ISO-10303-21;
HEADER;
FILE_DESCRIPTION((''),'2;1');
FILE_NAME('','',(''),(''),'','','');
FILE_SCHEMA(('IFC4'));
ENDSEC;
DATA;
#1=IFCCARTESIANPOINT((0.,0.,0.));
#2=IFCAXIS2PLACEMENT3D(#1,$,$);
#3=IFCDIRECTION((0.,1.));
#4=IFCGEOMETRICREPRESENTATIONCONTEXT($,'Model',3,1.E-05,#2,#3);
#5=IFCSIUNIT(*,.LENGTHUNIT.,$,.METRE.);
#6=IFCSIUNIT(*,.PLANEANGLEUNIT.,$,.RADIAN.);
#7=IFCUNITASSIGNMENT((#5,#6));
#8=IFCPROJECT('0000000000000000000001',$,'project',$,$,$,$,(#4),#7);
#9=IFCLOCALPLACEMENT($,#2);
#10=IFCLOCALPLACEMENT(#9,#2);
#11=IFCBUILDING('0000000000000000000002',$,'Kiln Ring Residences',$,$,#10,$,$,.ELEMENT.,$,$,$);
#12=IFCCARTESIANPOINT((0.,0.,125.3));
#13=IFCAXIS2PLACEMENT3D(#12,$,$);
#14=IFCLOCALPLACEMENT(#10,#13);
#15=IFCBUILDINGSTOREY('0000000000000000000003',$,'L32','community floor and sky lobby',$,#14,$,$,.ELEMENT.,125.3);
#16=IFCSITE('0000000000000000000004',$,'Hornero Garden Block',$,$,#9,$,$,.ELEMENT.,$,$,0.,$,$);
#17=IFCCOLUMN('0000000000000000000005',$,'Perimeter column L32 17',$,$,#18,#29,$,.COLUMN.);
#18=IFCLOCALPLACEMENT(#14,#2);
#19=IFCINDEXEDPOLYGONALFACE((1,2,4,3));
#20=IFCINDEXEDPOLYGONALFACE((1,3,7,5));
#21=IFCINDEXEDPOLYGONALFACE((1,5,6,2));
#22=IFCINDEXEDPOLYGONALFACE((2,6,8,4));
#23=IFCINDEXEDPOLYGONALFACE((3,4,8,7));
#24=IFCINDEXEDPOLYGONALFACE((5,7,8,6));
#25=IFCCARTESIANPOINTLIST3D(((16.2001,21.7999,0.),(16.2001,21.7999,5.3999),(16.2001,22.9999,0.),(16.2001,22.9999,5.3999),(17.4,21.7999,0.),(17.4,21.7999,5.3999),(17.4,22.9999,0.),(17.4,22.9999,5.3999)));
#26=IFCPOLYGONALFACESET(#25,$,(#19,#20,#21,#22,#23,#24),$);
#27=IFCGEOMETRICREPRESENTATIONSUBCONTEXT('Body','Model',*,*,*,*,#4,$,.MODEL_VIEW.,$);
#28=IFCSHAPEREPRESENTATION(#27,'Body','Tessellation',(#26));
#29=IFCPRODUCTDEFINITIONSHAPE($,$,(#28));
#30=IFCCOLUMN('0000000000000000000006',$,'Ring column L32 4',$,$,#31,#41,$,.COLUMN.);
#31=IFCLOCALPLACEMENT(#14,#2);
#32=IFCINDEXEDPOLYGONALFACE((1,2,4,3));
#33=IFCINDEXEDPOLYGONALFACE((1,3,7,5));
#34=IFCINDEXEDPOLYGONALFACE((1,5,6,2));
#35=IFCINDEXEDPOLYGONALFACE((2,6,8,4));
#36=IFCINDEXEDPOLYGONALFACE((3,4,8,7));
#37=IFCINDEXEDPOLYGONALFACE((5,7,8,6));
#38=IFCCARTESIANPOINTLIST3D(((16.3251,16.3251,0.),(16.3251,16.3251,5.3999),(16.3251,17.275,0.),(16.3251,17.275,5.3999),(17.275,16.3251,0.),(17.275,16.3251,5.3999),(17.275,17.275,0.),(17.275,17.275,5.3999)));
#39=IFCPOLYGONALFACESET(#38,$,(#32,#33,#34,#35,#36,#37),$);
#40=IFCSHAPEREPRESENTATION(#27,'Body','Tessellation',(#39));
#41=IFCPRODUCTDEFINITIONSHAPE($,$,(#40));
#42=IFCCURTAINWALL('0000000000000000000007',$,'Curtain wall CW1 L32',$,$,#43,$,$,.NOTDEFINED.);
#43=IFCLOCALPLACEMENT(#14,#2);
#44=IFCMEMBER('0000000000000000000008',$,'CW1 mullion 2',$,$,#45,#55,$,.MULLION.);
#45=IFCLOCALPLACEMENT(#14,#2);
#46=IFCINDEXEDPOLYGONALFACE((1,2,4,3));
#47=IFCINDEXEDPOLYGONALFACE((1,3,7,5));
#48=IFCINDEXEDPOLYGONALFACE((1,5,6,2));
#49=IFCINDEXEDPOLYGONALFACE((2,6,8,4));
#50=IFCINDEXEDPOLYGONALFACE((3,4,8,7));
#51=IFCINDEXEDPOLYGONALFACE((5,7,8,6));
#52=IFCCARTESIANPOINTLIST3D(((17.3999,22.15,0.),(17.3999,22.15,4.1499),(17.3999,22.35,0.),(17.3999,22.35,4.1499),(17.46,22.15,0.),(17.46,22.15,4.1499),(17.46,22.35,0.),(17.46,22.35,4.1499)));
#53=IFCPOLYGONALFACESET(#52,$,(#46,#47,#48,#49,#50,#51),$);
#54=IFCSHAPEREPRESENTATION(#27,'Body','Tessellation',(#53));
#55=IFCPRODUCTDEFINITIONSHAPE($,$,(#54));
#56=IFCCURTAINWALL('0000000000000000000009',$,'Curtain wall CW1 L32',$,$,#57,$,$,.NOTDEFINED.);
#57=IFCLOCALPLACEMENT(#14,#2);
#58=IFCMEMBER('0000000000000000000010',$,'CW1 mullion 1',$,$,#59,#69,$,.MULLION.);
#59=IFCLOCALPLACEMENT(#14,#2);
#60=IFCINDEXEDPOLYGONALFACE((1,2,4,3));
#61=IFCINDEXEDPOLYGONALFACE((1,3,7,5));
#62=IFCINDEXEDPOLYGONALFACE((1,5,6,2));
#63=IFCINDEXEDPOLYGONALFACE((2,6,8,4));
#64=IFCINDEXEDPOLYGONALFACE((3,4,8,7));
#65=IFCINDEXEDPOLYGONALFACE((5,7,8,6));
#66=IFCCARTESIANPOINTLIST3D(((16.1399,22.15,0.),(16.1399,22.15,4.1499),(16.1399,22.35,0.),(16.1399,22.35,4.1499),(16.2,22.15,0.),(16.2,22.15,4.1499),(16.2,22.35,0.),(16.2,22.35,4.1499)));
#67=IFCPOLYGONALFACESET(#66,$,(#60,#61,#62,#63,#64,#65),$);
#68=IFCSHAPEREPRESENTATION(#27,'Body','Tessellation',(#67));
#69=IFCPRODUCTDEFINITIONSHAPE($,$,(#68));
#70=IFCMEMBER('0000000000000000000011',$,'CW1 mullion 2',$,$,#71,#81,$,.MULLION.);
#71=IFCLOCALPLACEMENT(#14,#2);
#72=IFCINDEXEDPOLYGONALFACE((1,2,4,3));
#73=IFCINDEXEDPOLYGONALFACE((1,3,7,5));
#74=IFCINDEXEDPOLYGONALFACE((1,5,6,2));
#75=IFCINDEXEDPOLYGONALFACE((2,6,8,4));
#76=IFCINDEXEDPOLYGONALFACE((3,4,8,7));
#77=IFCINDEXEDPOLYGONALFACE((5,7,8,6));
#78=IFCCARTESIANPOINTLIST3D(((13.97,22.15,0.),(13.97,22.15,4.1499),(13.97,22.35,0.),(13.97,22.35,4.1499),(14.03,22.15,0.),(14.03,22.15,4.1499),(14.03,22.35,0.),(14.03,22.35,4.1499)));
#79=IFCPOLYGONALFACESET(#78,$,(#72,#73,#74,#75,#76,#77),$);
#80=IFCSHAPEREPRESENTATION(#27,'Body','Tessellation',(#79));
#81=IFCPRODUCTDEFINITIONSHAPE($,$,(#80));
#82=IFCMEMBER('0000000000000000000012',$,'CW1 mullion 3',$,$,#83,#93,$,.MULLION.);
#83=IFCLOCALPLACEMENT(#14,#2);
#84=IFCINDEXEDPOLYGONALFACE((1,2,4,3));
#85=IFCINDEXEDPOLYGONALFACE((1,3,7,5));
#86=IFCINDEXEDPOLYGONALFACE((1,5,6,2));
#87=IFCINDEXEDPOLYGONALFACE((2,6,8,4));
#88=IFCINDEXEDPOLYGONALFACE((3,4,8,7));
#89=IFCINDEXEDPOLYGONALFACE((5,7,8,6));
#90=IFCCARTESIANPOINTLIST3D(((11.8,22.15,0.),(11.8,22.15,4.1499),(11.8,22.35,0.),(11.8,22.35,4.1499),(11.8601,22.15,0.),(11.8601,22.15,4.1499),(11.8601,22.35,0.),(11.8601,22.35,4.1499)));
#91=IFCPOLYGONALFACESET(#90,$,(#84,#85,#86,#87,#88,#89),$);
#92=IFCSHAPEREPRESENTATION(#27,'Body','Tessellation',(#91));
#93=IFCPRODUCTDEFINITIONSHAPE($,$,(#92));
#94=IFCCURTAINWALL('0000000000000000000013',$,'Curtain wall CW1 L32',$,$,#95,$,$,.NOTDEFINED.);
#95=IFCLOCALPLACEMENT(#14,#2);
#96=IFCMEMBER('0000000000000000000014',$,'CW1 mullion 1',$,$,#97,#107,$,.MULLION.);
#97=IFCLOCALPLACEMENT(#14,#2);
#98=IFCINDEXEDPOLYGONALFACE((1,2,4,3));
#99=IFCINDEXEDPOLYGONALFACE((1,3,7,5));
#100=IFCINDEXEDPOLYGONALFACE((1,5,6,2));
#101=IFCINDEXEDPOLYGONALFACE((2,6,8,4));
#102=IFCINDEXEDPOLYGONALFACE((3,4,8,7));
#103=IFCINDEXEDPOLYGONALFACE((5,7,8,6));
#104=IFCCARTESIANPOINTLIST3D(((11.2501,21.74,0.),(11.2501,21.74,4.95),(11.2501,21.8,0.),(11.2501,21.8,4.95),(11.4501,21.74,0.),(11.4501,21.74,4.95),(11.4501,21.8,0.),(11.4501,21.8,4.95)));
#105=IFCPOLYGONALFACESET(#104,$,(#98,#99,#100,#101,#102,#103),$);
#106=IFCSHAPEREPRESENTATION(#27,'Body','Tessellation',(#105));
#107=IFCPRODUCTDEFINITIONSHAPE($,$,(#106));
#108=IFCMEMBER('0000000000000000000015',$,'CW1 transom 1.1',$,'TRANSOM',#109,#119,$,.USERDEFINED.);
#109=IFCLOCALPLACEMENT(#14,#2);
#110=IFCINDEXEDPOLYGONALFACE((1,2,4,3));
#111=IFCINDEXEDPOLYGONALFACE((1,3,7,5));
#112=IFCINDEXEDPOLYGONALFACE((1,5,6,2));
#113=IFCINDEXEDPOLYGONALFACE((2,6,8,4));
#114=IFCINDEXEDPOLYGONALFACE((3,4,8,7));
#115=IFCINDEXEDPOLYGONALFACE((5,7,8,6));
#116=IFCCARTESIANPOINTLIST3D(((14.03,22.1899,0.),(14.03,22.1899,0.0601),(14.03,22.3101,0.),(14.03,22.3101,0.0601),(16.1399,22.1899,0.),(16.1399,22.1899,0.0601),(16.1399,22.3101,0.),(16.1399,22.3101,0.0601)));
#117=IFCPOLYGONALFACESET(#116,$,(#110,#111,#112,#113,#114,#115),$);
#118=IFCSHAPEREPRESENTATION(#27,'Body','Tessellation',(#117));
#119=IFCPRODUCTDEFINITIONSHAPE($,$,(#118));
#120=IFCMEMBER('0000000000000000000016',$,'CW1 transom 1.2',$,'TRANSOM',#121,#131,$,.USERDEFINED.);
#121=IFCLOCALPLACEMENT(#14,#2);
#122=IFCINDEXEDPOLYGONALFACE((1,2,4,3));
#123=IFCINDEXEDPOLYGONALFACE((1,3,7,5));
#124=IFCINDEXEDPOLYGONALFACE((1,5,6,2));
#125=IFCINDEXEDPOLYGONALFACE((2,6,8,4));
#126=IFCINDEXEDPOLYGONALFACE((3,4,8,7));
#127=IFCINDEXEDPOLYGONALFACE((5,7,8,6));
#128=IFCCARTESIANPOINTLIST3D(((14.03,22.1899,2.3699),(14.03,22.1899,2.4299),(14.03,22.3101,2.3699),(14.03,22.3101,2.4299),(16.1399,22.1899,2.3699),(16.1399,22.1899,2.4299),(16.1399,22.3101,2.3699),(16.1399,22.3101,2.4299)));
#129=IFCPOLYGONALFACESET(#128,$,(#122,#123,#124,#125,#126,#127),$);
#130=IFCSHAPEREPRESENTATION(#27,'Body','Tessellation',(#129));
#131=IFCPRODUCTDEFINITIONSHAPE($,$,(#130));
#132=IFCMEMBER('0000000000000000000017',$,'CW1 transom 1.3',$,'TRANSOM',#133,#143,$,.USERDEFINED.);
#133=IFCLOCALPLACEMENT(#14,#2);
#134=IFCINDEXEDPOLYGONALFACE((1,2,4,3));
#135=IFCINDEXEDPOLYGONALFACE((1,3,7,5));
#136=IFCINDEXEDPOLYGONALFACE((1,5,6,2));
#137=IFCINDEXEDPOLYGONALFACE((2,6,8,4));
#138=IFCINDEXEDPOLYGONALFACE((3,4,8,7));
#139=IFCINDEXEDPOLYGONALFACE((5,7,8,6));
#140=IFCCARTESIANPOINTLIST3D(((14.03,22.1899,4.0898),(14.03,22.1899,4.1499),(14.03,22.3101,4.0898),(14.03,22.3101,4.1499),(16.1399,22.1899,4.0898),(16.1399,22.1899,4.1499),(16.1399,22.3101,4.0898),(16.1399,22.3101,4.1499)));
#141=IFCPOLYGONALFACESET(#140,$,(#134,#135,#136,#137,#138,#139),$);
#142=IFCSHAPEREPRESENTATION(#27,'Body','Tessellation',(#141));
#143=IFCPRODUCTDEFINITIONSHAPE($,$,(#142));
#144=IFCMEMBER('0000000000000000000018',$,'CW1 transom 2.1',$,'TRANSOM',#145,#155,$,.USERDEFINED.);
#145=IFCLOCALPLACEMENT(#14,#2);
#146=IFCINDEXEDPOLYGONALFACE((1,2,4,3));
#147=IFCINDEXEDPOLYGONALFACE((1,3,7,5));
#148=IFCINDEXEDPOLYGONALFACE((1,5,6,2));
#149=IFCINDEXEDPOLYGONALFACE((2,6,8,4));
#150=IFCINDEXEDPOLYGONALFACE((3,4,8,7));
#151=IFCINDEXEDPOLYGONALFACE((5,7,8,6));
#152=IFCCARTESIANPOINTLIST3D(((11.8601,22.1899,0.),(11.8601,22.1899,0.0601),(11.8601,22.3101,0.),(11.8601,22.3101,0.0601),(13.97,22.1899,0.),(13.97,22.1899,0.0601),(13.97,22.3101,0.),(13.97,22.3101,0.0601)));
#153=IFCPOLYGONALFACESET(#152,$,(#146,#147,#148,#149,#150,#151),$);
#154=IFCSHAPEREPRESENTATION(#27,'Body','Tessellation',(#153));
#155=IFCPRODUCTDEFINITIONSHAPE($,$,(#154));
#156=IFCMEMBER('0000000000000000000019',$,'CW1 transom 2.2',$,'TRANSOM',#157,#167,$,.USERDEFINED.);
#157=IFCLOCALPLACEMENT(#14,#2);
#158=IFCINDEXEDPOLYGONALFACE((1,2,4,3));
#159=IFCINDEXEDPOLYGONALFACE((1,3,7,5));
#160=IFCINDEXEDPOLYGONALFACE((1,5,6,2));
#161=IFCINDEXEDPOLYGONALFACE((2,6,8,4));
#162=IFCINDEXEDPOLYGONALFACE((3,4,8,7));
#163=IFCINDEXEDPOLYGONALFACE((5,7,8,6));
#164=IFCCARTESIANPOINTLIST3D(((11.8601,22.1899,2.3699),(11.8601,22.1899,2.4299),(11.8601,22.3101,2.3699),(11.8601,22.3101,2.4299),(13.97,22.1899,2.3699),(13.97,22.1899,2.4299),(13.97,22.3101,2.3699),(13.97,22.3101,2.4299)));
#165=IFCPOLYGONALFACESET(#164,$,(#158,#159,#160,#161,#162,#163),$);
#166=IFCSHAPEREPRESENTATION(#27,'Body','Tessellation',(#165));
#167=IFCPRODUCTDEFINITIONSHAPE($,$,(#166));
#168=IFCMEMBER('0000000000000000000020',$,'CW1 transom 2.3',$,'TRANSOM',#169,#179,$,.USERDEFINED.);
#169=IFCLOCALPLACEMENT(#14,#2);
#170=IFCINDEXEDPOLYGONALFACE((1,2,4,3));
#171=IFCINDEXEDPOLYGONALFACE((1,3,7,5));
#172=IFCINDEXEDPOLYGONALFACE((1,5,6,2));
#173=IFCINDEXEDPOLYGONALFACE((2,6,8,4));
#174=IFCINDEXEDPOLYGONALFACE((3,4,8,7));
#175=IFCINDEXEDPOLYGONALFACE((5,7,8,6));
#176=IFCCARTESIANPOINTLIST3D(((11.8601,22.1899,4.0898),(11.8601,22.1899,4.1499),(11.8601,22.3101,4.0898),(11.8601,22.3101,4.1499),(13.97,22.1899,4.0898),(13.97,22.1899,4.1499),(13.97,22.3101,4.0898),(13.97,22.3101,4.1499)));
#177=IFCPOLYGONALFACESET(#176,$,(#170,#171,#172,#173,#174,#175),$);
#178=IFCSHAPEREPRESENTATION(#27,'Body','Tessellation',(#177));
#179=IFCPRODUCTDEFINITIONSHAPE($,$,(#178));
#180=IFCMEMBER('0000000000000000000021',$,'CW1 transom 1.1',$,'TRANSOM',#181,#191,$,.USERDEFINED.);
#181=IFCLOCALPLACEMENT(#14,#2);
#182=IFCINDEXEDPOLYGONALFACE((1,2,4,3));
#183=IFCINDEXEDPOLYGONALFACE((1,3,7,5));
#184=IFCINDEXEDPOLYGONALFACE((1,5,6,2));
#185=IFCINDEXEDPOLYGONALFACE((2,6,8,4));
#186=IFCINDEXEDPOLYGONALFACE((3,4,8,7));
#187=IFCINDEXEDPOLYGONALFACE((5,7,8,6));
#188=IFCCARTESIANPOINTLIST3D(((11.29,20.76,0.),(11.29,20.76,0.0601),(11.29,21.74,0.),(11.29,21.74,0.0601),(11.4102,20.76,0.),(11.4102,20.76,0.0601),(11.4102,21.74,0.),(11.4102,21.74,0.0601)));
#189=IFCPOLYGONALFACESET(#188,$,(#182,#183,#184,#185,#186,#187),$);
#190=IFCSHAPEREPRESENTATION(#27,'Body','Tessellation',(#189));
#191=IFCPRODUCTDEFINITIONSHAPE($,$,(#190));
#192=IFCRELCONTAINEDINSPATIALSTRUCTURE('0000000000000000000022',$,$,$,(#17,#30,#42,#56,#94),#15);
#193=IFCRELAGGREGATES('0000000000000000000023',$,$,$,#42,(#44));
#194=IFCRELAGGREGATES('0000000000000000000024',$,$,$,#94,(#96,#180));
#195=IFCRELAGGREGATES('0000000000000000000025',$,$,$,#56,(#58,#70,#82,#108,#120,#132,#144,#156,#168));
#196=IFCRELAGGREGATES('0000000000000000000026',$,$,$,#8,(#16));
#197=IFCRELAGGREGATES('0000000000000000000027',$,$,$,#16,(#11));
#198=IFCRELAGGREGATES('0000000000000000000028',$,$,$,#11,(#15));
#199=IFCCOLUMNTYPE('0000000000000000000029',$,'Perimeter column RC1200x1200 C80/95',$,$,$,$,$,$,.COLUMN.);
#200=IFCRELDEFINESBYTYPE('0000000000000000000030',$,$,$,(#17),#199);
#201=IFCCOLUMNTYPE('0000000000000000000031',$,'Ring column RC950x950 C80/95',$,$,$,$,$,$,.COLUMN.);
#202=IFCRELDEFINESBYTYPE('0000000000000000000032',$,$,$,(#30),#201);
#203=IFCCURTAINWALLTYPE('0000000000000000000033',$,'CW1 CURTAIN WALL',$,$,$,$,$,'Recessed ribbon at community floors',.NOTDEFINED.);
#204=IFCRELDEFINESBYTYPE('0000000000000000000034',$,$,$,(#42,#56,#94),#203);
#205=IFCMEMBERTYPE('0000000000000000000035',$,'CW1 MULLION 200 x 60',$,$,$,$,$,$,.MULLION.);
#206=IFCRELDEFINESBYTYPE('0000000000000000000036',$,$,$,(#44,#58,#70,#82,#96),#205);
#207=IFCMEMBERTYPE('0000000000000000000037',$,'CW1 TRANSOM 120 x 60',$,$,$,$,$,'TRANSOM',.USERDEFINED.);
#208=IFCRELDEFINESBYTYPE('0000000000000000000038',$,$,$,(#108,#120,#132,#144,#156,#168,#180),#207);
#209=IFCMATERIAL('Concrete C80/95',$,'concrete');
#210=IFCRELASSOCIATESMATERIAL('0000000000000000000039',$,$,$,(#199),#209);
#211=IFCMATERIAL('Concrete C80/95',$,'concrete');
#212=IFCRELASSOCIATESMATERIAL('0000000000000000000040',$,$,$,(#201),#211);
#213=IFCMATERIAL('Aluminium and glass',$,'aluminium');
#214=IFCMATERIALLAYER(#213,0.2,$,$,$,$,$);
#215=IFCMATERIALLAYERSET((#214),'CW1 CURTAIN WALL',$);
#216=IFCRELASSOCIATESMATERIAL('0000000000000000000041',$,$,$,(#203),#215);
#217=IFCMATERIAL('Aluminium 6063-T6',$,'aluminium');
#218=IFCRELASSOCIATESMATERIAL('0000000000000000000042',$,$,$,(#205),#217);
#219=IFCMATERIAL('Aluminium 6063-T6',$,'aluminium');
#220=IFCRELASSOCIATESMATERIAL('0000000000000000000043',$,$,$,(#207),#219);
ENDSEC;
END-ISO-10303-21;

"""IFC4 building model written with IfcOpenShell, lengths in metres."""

from ifc_helpers import new_model, si_unit, direction, frame, origin, origin_2d, place, context, subcontext, project, spatial, rectangle, extrude, material, layer, layer_set, material_profile, profile_set, type_object, element, aggregate, save


model = new_model("IFC4")

# Units and contexts
model_context = context("Model", 3, precision=1e-05, world=origin(), true_north=direction((0.0, 1.0)))
body_context = subcontext(model_context, "Body", "Model", "MODEL_VIEW")
ifc_project = project(units=[si_unit("LENGTHUNIT", "METRE"), si_unit("PLANEANGLEUNIT", "RADIAN")], contexts=[model_context])

# Site, building, storey
site_placement = place(None, origin())
site = spatial("IfcSite", under=ifc_project, at=site_placement, Name="Hornero Garden Block", CompositionType="ELEMENT", RefElevation=0.0)
building_placement = place(site_placement, origin())
building = spatial("IfcBuilding", under=site, at=building_placement, Name="Kiln Ring Residences", CompositionType="ELEMENT")
storey_placement = place(building_placement, frame((0.0, 0.0, 125.3)))
storey = spatial("IfcBuildingStorey", under=building, at=storey_placement, Name="L32", Description="community floor and sky lobby", CompositionType="ELEMENT", Elevation=125.3)

# Columns
ifc_material_1 = material(Name="Concrete C80/95", Category="concrete")
ifc_material_profile_1 = material_profile(ifc_material_1, rectangle(XDim=1.2, YDim=1.2, at=origin_2d()), Name="RC1200x1200")
ifc_profile_set_1 = profile_set([ifc_material_profile_1], Name="Concrete C80/95")
column_type_1 = type_object("IfcColumnType", Name="Perimeter column RC1200x1200 C80/95", PredefinedType="COLUMN", material=ifc_profile_set_1)
column_1_placement = place(storey_placement, frame((16.8, 22.3999, 0.0), z_axis=(0.0, 0.0, 1.0), x_axis=(1.0, 0.0, 0.0)))
element("IfcColumn", 1, at=column_1_placement, inside=storey, type_object=column_type_1, Name="Perimeter column L32 17", PredefinedType="COLUMN", context=body_context, shape_type="SweptSolid", body=[
    extrude(rectangle(XDim=1.2, YDim=1.2, at=origin_2d()), origin(), (0.0, 0.0, 1.0), 5.3999),
])
ifc_material_2 = material(Name="Concrete C80/95", Category="concrete")
ifc_material_profile_2 = material_profile(ifc_material_2, rectangle(XDim=0.95, YDim=0.95, at=origin_2d()), Name="RC950x950")
ifc_profile_set_2 = profile_set([ifc_material_profile_2], Name="Concrete C80/95")
column_type_2 = type_object("IfcColumnType", Name="Ring column RC950x950 C80/95", PredefinedType="COLUMN", material=ifc_profile_set_2)
column_2_placement = place(storey_placement, frame((16.8, 16.8, 0.0), z_axis=(0.0, 0.0, 1.0), x_axis=(1.0, 0.0, 0.0)))
element("IfcColumn", 2, at=column_2_placement, inside=storey, type_object=column_type_2, Name="Ring column L32 4", PredefinedType="COLUMN", context=body_context, shape_type="SweptSolid", body=[
    extrude(rectangle(XDim=0.95, YDim=0.95, at=origin_2d()), origin(), (0.0, 0.0, 1.0), 5.3999),
])

# Curtain wall, member
ifc_material_3 = material(Name="Aluminium and glass", Category="aluminium")
ifc_layer_1 = layer(ifc_material_3, 0.2)
ifc_layer_set_1 = layer_set([ifc_layer_1], Name="CW1 CURTAIN WALL")
curtain_wall_type = type_object("IfcCurtainWallType", Name="CW1 CURTAIN WALL", ElementType="Recessed ribbon at community floors", PredefinedType="NOTDEFINED", material=ifc_layer_set_1)
placement = place(storey_placement, origin())
curtain_wall_1 = element("IfcCurtainWall", 3, at=placement, inside=storey, type_object=curtain_wall_type, Name="Curtain wall CW1 L32", PredefinedType="NOTDEFINED")
ifc_material_4 = material(Name="Aluminium 6063-T6", Category="aluminium")
ifc_material_profile_3 = material_profile(ifc_material_4, rectangle(XDim=0.2, YDim=0.0601, at=origin_2d()), Name="AL 200x60")
ifc_profile_set_3 = profile_set([ifc_material_profile_3], Name="Aluminium 6063-T6")
member_type_1 = type_object("IfcMemberType", Name="CW1 MULLION 200 x 60", PredefinedType="MULLION", material=ifc_profile_set_3)
member_1_placement = place(storey_placement, frame((17.4299, 22.25, 0.0), z_axis=(0.0, 0.0, 1.0), x_axis=(0.0, -1.0, 0.0)))
member_1 = element("IfcMember", 4, at=member_1_placement, type_object=member_type_1, Name="CW1 mullion 2", PredefinedType="MULLION", context=body_context, shape_type="SweptSolid", body=[
    extrude(rectangle(XDim=0.2, YDim=0.0601, at=origin_2d()), origin(), (0.0, 0.0, 1.0), 4.1499),
])
aggregate(curtain_wall_1, [member_1])

# Curtain wall, members
curtain_wall_2 = element("IfcCurtainWall", 5, at=placement, inside=storey, type_object=curtain_wall_type, Name="Curtain wall CW1 L32", PredefinedType="NOTDEFINED")
member_2_placement = place(storey_placement, frame((16.1699, 22.25, 0.0), z_axis=(0.0, 0.0, 1.0), x_axis=(0.0, -1.0, 0.0)))
member_2 = element("IfcMember", 6, at=member_2_placement, type_object=member_type_1, Name="CW1 mullion 1", PredefinedType="MULLION", context=body_context, shape_type="SweptSolid", body=[
    extrude(rectangle(XDim=0.2, YDim=0.0601, at=origin_2d()), origin(), (0.0, 0.0, 1.0), 4.1499),
])
member_3_placement = place(storey_placement, frame((14.0, 22.25, 0.0), z_axis=(0.0, 0.0, 1.0), x_axis=(0.0, -1.0, 0.0)))
member_3 = element("IfcMember", 7, at=member_3_placement, type_object=member_type_1, Name="CW1 mullion 2", PredefinedType="MULLION", context=body_context, shape_type="SweptSolid", body=[
    extrude(rectangle(XDim=0.2, YDim=0.0601, at=origin_2d()), origin(), (0.0, 0.0, 1.0), 4.1499),
])
member_4_placement = place(storey_placement, frame((11.8301, 22.25, 0.0), z_axis=(0.0, 0.0, 1.0), x_axis=(0.0, -1.0, 0.0)))
member_4 = element("IfcMember", 8, at=member_4_placement, type_object=member_type_1, Name="CW1 mullion 3", PredefinedType="MULLION", context=body_context, shape_type="SweptSolid", body=[
    extrude(rectangle(XDim=0.2, YDim=0.0601, at=origin_2d()), origin(), (0.0, 0.0, 1.0), 4.1499),
])

# Curtain wall, member
curtain_wall_3 = element("IfcCurtainWall", 9, at=placement, inside=storey, type_object=curtain_wall_type, Name="Curtain wall CW1 L32", PredefinedType="NOTDEFINED")
member_5_placement = place(storey_placement, frame((11.3501, 21.77, 0.0), z_axis=(0.0, 0.0, 1.0), x_axis=(1.0, 0.0, 0.0)))
member_5 = element("IfcMember", 10, at=member_5_placement, type_object=member_type_1, Name="CW1 mullion 1", PredefinedType="MULLION", context=body_context, shape_type="SweptSolid", body=[
    extrude(rectangle(XDim=0.2, YDim=0.0601, at=origin_2d()), origin(), (0.0, 0.0, 1.0), 4.95),
])

# Members
ifc_material_5 = material(Name="Aluminium 6063-T6", Category="aluminium")
ifc_material_profile_4 = material_profile(ifc_material_5, rectangle(XDim=0.1201, YDim=0.0601, at=origin_2d()), Name="AL 120x60")
ifc_profile_set_4 = profile_set([ifc_material_profile_4], Name="Aluminium 6063-T6")
member_type_2 = type_object("IfcMemberType", Name="CW1 TRANSOM 120 x 60", ElementType="TRANSOM", PredefinedType="USERDEFINED", material=ifc_profile_set_4)
member_6_placement = place(storey_placement, frame((16.1399, 22.25, 0.03), z_axis=(-1.0, 0.0, 0.0), x_axis=(0.0, -1.0, 0.0)))
member_6 = element("IfcMember", 11, at=member_6_placement, type_object=member_type_2, Name="CW1 transom 1.1", ObjectType="TRANSOM", PredefinedType="USERDEFINED", context=body_context, shape_type="SweptSolid", body=[
    extrude(rectangle(XDim=0.1201, YDim=0.0601, at=origin_2d()), origin(), (0.0, 0.0, 1.0), 2.1099),
])
member_7_placement = place(storey_placement, frame((16.1399, 22.25, 2.3999), z_axis=(-1.0, 0.0, 0.0), x_axis=(0.0, -1.0, 0.0)))
member_7 = element("IfcMember", 12, at=member_7_placement, type_object=member_type_2, Name="CW1 transom 1.2", ObjectType="TRANSOM", PredefinedType="USERDEFINED", context=body_context, shape_type="SweptSolid", body=[
    extrude(rectangle(XDim=0.1201, YDim=0.0601, at=origin_2d()), origin(), (0.0, 0.0, 1.0), 2.1099),
])
member_8_placement = place(storey_placement, frame((16.1399, 22.25, 4.1199), z_axis=(-1.0, 0.0, 0.0), x_axis=(0.0, -1.0, 0.0)))
member_8 = element("IfcMember", 13, at=member_8_placement, type_object=member_type_2, Name="CW1 transom 1.3", ObjectType="TRANSOM", PredefinedType="USERDEFINED", context=body_context, shape_type="SweptSolid", body=[
    extrude(rectangle(XDim=0.1201, YDim=0.0601, at=origin_2d()), origin(), (0.0, 0.0, 1.0), 2.1099),
])
member_9_placement = place(storey_placement, frame((13.97, 22.25, 0.03), z_axis=(-1.0, 0.0, 0.0), x_axis=(0.0, -1.0, 0.0)))
member_9 = element("IfcMember", 14, at=member_9_placement, type_object=member_type_2, Name="CW1 transom 2.1", ObjectType="TRANSOM", PredefinedType="USERDEFINED", context=body_context, shape_type="SweptSolid", body=[
    extrude(rectangle(XDim=0.1201, YDim=0.0601, at=origin_2d()), origin(), (0.0, 0.0, 1.0), 2.1099),
])
member_10_placement = place(storey_placement, frame((13.97, 22.25, 2.3999), z_axis=(-1.0, 0.0, 0.0), x_axis=(0.0, -1.0, 0.0)))
member_10 = element("IfcMember", 15, at=member_10_placement, type_object=member_type_2, Name="CW1 transom 2.2", ObjectType="TRANSOM", PredefinedType="USERDEFINED", context=body_context, shape_type="SweptSolid", body=[
    extrude(rectangle(XDim=0.1201, YDim=0.0601, at=origin_2d()), origin(), (0.0, 0.0, 1.0), 2.1099),
])
member_11_placement = place(storey_placement, frame((13.97, 22.25, 4.1199), z_axis=(-1.0, 0.0, 0.0), x_axis=(0.0, -1.0, 0.0)))
member_11 = element("IfcMember", 16, at=member_11_placement, type_object=member_type_2, Name="CW1 transom 2.3", ObjectType="TRANSOM", PredefinedType="USERDEFINED", context=body_context, shape_type="SweptSolid", body=[
    extrude(rectangle(XDim=0.1201, YDim=0.0601, at=origin_2d()), origin(), (0.0, 0.0, 1.0), 2.1099),
])
member_12_placement = place(storey_placement, frame((11.3501, 21.74, 0.03), z_axis=(0.0, -1.0, 0.0), x_axis=(1.0, 0.0, 0.0)))
member_12 = element("IfcMember", 17, at=member_12_placement, type_object=member_type_2, Name="CW1 transom 1.1", ObjectType="TRANSOM", PredefinedType="USERDEFINED", context=body_context, shape_type="SweptSolid", body=[
    extrude(rectangle(XDim=0.1201, YDim=0.0601, at=origin_2d()), origin(), (0.0, 0.0, 1.0), 0.98),
])
aggregate(curtain_wall_3, [member_5, member_12])

aggregate(curtain_wall_2, [member_2, member_3, member_4, member_6, member_7, member_8, member_9, member_10, member_11])

save(model, "model.ifc")
